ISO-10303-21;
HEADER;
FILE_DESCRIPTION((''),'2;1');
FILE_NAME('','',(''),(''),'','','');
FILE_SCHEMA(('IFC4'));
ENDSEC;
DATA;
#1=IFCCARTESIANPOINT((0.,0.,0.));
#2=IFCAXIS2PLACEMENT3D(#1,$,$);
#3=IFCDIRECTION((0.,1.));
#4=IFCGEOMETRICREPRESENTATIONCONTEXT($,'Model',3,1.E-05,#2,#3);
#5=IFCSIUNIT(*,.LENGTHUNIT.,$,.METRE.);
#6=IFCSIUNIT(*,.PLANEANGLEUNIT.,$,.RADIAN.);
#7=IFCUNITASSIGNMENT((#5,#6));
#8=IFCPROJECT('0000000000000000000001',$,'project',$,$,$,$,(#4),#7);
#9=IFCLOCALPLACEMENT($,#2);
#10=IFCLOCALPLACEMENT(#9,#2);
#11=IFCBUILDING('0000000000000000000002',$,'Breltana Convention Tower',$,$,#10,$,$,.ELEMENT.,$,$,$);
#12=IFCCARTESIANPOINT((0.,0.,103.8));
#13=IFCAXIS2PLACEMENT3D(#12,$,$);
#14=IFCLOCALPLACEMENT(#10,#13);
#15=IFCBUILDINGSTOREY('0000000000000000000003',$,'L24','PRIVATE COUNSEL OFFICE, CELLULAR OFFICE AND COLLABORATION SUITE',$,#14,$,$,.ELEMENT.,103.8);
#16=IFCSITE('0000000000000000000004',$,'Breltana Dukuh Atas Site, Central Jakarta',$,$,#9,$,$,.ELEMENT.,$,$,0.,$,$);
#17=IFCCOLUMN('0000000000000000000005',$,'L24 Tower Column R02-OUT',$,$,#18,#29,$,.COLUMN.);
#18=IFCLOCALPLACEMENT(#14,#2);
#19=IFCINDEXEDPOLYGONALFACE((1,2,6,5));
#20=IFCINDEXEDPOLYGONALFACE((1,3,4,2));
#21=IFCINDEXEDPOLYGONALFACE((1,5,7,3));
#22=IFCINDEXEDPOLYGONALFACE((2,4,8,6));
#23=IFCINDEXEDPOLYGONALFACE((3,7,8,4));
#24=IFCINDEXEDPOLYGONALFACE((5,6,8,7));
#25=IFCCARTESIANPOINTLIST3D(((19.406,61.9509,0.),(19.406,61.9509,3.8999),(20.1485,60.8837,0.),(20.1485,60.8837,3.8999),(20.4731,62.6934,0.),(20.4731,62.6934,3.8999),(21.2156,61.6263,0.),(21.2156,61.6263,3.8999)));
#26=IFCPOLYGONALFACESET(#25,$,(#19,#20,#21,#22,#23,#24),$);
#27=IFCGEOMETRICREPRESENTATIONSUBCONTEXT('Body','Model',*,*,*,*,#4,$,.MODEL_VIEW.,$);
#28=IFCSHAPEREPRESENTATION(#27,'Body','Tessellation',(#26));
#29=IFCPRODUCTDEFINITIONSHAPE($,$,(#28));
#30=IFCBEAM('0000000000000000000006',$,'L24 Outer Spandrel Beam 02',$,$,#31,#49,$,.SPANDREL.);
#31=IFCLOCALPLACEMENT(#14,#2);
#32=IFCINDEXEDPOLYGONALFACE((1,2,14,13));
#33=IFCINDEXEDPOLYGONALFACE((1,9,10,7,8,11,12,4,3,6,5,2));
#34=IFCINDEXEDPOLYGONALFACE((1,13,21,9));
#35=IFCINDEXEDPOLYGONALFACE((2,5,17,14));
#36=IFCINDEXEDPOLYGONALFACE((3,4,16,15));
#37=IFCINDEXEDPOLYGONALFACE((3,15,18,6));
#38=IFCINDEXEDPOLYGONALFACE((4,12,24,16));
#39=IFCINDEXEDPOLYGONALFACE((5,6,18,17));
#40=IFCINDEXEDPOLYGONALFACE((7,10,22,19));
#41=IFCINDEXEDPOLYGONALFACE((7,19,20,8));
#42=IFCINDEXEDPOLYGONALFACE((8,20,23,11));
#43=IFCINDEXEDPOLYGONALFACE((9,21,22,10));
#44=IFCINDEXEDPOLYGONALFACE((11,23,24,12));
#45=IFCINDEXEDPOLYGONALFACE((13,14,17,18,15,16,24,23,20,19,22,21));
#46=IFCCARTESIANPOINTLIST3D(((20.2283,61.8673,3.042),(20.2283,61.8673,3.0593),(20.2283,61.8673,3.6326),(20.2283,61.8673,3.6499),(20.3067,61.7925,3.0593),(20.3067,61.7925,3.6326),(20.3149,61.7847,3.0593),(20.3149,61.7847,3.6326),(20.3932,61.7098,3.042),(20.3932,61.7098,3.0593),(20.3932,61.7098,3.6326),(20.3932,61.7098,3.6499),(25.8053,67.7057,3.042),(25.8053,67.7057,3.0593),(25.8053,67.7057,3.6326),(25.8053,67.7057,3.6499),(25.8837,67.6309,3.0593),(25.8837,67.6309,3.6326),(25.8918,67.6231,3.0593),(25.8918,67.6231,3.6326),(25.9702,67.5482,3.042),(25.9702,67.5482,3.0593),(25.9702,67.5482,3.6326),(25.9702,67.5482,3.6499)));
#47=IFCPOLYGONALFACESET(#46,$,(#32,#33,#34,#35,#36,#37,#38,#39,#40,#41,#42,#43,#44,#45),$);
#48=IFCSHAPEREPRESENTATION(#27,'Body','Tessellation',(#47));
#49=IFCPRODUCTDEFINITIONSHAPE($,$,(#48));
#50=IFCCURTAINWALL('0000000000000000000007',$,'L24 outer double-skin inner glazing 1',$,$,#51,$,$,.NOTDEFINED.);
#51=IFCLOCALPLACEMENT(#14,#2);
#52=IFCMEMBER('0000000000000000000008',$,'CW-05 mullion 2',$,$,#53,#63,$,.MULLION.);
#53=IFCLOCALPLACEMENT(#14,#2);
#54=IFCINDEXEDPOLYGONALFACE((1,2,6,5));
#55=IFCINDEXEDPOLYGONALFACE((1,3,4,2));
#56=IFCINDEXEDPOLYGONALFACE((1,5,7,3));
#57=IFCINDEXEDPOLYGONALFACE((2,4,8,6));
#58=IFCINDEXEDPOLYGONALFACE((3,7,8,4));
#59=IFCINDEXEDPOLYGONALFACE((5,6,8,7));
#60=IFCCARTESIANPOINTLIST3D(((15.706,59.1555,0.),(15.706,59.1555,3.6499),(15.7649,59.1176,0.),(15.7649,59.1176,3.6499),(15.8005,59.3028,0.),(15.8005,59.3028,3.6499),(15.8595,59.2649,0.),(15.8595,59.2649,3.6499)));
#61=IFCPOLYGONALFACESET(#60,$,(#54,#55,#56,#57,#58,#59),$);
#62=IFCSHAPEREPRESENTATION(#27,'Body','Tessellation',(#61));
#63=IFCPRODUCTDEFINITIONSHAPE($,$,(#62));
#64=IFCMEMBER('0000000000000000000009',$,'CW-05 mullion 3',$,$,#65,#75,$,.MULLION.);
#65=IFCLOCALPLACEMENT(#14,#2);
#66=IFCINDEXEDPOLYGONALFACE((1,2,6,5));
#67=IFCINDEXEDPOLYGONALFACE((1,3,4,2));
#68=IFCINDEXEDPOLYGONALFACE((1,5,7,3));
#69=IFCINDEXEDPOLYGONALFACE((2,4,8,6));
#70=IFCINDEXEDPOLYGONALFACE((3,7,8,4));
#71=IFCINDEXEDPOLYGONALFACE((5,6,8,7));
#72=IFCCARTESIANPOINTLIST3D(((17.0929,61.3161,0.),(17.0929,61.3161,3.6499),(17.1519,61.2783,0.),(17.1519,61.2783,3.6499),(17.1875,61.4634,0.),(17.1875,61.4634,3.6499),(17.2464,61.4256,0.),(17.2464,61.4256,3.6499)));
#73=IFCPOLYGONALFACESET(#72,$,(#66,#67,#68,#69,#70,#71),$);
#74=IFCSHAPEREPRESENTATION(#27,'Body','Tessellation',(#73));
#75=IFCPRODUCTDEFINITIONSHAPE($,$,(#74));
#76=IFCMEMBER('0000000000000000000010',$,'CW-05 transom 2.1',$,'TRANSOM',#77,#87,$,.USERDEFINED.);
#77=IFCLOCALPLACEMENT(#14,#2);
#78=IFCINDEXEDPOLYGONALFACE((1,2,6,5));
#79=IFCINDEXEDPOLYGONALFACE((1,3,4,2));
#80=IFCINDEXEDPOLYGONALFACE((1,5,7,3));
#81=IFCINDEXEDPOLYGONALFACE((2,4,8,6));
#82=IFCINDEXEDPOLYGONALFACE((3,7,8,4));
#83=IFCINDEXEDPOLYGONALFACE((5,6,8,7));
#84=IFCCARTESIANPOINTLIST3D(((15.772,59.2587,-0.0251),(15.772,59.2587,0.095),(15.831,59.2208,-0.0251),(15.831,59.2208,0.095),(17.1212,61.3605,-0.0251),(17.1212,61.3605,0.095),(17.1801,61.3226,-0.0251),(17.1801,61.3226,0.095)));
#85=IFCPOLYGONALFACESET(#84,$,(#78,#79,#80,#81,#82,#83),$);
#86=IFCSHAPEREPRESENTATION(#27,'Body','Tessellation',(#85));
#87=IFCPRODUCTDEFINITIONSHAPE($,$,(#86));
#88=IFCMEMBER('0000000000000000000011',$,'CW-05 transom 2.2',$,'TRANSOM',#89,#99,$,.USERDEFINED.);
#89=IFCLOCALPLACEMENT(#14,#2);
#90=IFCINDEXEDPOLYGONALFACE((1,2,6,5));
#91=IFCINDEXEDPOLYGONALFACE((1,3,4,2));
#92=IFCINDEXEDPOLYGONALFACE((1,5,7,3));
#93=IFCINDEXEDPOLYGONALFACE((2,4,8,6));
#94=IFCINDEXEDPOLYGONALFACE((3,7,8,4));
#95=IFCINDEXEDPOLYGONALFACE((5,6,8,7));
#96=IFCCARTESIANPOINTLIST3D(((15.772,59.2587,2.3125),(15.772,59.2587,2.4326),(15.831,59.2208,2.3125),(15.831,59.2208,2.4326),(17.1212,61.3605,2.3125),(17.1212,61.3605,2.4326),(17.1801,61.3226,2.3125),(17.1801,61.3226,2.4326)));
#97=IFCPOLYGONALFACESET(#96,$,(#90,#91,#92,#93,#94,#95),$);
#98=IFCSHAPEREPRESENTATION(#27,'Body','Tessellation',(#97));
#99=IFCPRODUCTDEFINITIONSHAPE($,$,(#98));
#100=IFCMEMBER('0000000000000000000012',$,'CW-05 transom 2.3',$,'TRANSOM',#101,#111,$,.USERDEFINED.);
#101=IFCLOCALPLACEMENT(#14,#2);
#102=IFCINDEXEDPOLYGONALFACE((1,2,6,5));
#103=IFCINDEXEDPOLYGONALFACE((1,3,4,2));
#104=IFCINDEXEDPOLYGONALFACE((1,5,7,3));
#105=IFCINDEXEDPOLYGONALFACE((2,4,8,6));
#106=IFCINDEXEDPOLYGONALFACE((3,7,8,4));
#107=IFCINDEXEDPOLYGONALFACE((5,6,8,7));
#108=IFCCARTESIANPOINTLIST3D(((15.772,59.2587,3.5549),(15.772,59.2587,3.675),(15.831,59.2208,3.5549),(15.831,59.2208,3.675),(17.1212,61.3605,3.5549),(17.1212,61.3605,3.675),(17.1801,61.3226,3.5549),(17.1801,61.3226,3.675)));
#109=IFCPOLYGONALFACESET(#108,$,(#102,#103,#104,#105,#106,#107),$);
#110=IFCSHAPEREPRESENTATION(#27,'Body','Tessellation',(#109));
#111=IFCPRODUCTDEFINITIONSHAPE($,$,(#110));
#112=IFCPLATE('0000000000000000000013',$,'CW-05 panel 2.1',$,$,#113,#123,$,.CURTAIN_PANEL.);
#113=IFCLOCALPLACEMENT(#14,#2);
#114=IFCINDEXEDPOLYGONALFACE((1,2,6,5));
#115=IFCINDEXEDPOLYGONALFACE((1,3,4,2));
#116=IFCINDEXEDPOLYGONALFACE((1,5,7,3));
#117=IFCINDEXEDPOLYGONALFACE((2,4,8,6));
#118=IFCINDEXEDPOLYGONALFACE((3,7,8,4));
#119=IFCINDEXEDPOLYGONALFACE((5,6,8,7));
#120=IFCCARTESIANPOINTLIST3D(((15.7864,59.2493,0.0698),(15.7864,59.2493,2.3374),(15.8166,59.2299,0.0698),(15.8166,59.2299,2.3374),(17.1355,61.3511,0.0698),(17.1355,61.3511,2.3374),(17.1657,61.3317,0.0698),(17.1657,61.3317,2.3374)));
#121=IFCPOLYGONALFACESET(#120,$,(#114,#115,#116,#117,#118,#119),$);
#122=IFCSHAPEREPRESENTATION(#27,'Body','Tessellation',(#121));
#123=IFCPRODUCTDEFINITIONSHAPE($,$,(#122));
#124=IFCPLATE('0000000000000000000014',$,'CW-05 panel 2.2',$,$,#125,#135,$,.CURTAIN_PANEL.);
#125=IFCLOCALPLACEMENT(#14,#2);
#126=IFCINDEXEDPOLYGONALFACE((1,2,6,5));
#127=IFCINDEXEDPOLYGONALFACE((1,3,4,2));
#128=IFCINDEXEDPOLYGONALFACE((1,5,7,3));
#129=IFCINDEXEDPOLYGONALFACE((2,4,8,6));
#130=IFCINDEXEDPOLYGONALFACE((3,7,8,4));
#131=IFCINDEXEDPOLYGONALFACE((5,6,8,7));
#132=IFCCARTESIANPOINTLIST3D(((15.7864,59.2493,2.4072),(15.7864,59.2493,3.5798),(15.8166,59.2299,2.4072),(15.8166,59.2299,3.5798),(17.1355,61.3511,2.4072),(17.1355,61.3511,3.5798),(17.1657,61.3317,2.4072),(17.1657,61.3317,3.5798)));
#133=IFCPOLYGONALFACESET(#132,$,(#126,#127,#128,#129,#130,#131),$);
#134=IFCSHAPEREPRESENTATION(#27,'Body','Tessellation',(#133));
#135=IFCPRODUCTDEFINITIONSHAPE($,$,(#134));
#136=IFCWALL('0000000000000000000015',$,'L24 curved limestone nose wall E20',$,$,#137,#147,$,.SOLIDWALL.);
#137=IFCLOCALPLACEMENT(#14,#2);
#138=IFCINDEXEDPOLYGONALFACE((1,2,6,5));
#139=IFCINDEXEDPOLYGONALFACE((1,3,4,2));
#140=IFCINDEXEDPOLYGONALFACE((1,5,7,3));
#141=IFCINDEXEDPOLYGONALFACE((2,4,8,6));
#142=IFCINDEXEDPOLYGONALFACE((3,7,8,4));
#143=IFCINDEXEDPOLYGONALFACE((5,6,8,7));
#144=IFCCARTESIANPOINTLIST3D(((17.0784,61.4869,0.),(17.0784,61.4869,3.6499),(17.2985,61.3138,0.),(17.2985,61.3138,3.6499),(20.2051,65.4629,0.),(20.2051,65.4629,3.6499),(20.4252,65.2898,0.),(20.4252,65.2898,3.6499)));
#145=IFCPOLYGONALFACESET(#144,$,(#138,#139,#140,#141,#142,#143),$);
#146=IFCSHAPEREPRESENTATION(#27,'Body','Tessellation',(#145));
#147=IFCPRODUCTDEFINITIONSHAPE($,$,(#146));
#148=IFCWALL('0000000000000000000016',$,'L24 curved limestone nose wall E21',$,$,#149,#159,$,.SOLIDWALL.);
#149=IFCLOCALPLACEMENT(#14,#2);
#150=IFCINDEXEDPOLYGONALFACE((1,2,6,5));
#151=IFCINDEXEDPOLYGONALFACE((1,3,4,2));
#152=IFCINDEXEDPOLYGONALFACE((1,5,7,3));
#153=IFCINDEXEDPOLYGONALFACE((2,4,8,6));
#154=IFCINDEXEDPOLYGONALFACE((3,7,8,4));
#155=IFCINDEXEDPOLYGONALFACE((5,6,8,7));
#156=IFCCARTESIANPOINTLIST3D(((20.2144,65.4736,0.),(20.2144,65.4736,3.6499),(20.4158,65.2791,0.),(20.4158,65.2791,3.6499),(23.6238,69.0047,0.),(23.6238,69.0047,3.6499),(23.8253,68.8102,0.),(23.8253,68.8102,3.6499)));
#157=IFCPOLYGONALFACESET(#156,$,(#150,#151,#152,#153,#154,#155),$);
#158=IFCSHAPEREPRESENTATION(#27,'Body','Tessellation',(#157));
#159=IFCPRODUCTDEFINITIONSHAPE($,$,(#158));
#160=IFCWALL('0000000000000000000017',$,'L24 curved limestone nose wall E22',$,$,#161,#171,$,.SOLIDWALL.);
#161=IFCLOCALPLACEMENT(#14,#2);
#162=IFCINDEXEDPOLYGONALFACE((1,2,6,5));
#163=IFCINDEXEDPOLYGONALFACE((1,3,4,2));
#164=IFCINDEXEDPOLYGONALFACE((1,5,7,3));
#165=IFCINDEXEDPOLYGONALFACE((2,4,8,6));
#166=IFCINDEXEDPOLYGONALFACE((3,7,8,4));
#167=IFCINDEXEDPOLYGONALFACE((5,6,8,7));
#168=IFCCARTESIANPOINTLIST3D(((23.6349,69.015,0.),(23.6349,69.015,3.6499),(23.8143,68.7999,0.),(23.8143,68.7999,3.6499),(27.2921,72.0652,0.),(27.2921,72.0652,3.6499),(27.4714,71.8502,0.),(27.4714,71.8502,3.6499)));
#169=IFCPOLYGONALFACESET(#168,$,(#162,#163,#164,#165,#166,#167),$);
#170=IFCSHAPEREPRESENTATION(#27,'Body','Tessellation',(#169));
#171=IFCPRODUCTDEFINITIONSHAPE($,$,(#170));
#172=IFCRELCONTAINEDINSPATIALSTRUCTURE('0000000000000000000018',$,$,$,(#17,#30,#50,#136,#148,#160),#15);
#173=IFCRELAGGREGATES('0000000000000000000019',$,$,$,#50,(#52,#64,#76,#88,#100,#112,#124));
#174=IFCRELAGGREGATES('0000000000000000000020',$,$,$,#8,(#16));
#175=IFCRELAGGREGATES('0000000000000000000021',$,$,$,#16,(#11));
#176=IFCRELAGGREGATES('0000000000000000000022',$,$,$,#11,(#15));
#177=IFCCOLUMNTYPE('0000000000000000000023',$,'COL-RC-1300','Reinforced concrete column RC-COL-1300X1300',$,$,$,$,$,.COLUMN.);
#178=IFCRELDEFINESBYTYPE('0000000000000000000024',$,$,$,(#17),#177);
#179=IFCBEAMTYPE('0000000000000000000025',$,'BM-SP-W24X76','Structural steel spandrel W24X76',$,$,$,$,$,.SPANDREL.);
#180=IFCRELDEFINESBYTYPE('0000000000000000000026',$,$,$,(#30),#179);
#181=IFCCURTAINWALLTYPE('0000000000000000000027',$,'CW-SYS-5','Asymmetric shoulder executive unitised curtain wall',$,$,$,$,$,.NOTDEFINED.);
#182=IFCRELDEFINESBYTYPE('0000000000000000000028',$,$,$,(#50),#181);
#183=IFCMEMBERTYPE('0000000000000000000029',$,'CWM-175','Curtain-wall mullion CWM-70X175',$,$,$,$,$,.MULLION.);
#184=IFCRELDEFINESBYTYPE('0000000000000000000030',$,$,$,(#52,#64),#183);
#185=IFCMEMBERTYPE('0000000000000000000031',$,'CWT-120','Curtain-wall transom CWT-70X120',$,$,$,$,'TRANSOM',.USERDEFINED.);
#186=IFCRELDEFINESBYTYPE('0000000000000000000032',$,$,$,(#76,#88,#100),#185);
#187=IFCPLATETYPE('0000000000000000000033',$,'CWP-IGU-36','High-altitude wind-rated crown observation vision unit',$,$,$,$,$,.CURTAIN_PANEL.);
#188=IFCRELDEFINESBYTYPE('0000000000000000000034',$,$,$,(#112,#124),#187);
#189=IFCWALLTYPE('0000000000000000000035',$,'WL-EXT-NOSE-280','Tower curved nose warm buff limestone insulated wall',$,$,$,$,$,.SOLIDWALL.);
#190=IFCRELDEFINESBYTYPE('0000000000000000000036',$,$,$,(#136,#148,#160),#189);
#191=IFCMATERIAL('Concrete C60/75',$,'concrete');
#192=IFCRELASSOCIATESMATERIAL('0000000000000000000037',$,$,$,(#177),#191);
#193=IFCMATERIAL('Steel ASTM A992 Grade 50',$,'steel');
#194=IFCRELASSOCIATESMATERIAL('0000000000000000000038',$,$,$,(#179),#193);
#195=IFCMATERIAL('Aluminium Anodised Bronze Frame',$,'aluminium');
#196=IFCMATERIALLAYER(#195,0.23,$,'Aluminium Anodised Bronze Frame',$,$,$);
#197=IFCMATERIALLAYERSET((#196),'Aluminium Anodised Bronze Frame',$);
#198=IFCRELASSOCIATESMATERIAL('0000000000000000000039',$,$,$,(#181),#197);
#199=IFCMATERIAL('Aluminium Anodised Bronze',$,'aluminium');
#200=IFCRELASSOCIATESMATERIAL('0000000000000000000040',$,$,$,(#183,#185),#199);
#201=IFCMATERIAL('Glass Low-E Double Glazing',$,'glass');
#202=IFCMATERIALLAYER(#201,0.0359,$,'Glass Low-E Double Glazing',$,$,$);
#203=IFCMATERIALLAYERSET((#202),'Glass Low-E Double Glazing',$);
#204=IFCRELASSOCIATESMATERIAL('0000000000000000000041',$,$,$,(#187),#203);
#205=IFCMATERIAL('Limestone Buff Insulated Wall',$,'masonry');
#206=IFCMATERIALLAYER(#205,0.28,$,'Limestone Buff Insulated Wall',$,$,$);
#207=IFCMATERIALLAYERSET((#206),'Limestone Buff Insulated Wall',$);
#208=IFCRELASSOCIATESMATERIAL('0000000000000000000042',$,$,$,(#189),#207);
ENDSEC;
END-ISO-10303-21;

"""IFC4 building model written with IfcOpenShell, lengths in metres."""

from ifc_helpers import new_model, si_unit, direction, frame, frame_2d, origin, origin_2d, place, context, subcontext, project, spatial, rectangle, i_section, extrude, source, transform, mapped, material, layer, layer_set, material_profile, profile_set, type_object, element, aggregate, save


model = new_model("IFC4")

# Units and contexts
model_context = context("Model", 3, precision=1e-05, world=origin(), true_north=direction((0.0, 1.0)))
body_context = subcontext(model_context, "Body", "Model", "MODEL_VIEW")
ifc_project = project(units=[si_unit("LENGTHUNIT", "METRE"), si_unit("PLANEANGLEUNIT", "RADIAN")], contexts=[model_context])

# Site, building, storey
site_placement = place(None, origin())
site = spatial("IfcSite", under=ifc_project, at=site_placement, Name="Breltana Dukuh Atas Site, Central Jakarta", CompositionType="ELEMENT", RefElevation=0.0)
building_placement = place(site_placement, origin())
building = spatial("IfcBuilding", under=site, at=building_placement, Name="Breltana Convention Tower", CompositionType="ELEMENT")
storey_placement = place(building_placement, frame((0.0, 0.0, 103.8)))
storey = spatial("IfcBuildingStorey", under=building, at=storey_placement, Name="L24", Description="PRIVATE COUNSEL OFFICE, CELLULAR OFFICE AND COLLABORATION SUITE", CompositionType="ELEMENT", Elevation=103.8)

# Column
ifc_material_1 = material(Name="Concrete C60/75", Category="concrete")
ifc_material_profile_1 = material_profile(ifc_material_1, rectangle(XDim=1.3, YDim=1.3, at=origin_2d()), Name="RC-COL-1300X1300")
ifc_profile_set_1 = profile_set([ifc_material_profile_1], Name="Concrete C60/75")
column_type = type_object("IfcColumnType", Name="COL-RC-1300", Description="Reinforced concrete column RC-COL-1300X1300", PredefinedType="COLUMN", material=ifc_profile_set_1)
shared_shape_1 = source(origin(), body_context, "Body", "SweptSolid", [
    extrude(rectangle(XDim=1.3, YDim=1.3, at=origin_2d()), origin(), (0.0, 0.0, 1.0), 3.8999),
])
column_placement = place(storey_placement, frame((20.3108, 61.7886, 0.0), z_axis=(0.0, 0.0, 1.0), x_axis=(-0.571143, 0.82085, 0.0)))
element("IfcColumn", 1, at=column_placement, inside=storey, type_object=column_type, Name="L24 Tower Column R02-OUT", PredefinedType="COLUMN", context=body_context, shape_type="MappedRepresentation", body=[
    mapped(shared_shape_1, transform((0.0, 0.0, 0.0), scale=1.0)),
])

# Beam
ifc_material_2 = material(Name="Steel ASTM A992 Grade 50", Category="steel")
ifc_material_profile_2 = material_profile(ifc_material_2, i_section(OverallWidth=0.228, OverallDepth=0.6079, WebThickness=0.0112, FlangeThickness=0.0173, at=origin_2d()), Name="W24X76")
ifc_profile_set_2 = profile_set([ifc_material_profile_2], Name="Steel ASTM A992 Grade 50")
beam_type = type_object("IfcBeamType", Name="BM-SP-W24X76", Description="Structural steel spandrel W24X76", PredefinedType="SPANDREL", material=ifc_profile_set_2)
shared_shape_2 = source(origin(), body_context, "Body", "SweptSolid", [
    extrude(i_section(OverallWidth=0.228, OverallDepth=0.6079, WebThickness=0.0112, FlangeThickness=0.0173, at=origin_2d()), origin(), (0.0, 0.0, 1.0), 8.074),
])
beam_placement = place(storey_placement, frame((20.3108, 61.7886, 3.3459), z_axis=(0.690729, 0.723114, 0.0), x_axis=(-0.723114, 0.690729, 0.0)))
element("IfcBeam", 2, at=beam_placement, inside=storey, type_object=beam_type, Name="L24 Outer Spandrel Beam 02", PredefinedType="SPANDREL", context=body_context, shape_type="MappedRepresentation", body=[
    mapped(shared_shape_2, transform((0.0, 0.0, 0.0), scale=1.0)),
])

# Curtain wall, members, plates
ifc_material_3 = material(Name="Aluminium Anodised Bronze Frame", Category="aluminium")
ifc_layer_1 = layer(ifc_material_3, 0.23, Name="Aluminium Anodised Bronze Frame")
ifc_layer_set_1 = layer_set([ifc_layer_1], Name="Aluminium Anodised Bronze Frame")
curtain_wall_type = type_object("IfcCurtainWallType", Name="CW-SYS-5", Description="Asymmetric shoulder executive unitised curtain wall", PredefinedType="NOTDEFINED", material=ifc_layer_set_1)
curtain_wall_placement = place(storey_placement, origin())
curtain_wall = element("IfcCurtainWall", 3, at=curtain_wall_placement, inside=storey, type_object=curtain_wall_type, Name="L24 outer double-skin inner glazing 1", PredefinedType="NOTDEFINED")
ifc_material_4 = material(Name="Aluminium Anodised Bronze", Category="aluminium")
ifc_material_profile_3 = material_profile(ifc_material_4, rectangle(XDim=0.0701, YDim=0.175, at=origin_2d()), Name="CWM-70X175")
ifc_profile_set_3 = profile_set([ifc_material_profile_3], Name="Aluminium Anodised Bronze")
member_type_1 = type_object("IfcMemberType", Name="CWM-175", Description="Curtain-wall mullion CWM-70X175", PredefinedType="MULLION", material=ifc_profile_set_3)
shared_shape_3 = source(origin(), body_context, "Body", "SweptSolid", [
    extrude(rectangle(XDim=0.0701, YDim=0.175, at=origin_2d()), origin(), (0.0, 0.0, 1.0), 3.6499),
])
member_1_placement = place(storey_placement, frame((15.7827, 59.2102, 0.0), z_axis=(0.0, 0.0, 1.0), x_axis=(-0.841552, 0.540177, 0.0)))
member_1 = element("IfcMember", 4, at=member_1_placement, type_object=member_type_1, Name="CW-05 mullion 2", PredefinedType="MULLION", context=body_context, shape_type="MappedRepresentation", body=[
    mapped(shared_shape_3, transform((0.0, 0.0, 0.0), scale=1.0)),
])
member_2_placement = place(storey_placement, frame((17.1697, 61.3708, 0.0), z_axis=(0.0, 0.0, 1.0), x_axis=(-0.841552, 0.540177, 0.0)))
member_2 = element("IfcMember", 5, at=member_2_placement, type_object=member_type_1, Name="CW-05 mullion 3", PredefinedType="MULLION", context=body_context, shape_type="MappedRepresentation", body=[
    mapped(shared_shape_3, transform((0.0, 0.0, 0.0), scale=1.0)),
])
ifc_material_profile_4 = material_profile(ifc_material_4, rectangle(XDim=0.0701, YDim=0.1201, at=origin_2d()), Name="CWT-70X120")
ifc_profile_set_4 = profile_set([ifc_material_profile_4], Name="Aluminium Anodised Bronze")
member_type_2 = type_object("IfcMemberType", Name="CWT-120", Description="Curtain-wall transom CWT-70X120", ElementType="TRANSOM", PredefinedType="USERDEFINED", material=ifc_profile_set_4)
shared_shape_4 = source(origin(), body_context, "Body", "SweptSolid", [
    extrude(rectangle(XDim=0.0701, YDim=0.1201, at=origin_2d()), origin(), (0.0, 0.0, 1.0), 2.4976),
])
member_3_placement = place(storey_placement, frame((15.8015, 59.2397, 0.0349), z_axis=(0.540179, 0.84155, 0.0), x_axis=(-0.84155, 0.540179, 0.0)))
member_3 = element("IfcMember", 6, at=member_3_placement, type_object=member_type_2, Name="CW-05 transom 2.1", ObjectType="TRANSOM", PredefinedType="USERDEFINED", context=body_context, shape_type="MappedRepresentation", body=[
    mapped(shared_shape_4, transform((0.0, 0.0, 0.0), scale=1.0)),
])
member_4_placement = place(storey_placement, frame((15.8015, 59.2397, 2.3726), z_axis=(0.540179, 0.84155, 0.0), x_axis=(-0.84155, 0.540179, 0.0)))
member_4 = element("IfcMember", 7, at=member_4_placement, type_object=member_type_2, Name="CW-05 transom 2.2", ObjectType="TRANSOM", PredefinedType="USERDEFINED", context=body_context, shape_type="MappedRepresentation", body=[
    mapped(shared_shape_4, transform((0.0, 0.0, 0.0), scale=1.0)),
])
member_5_placement = place(storey_placement, frame((15.8015, 59.2397, 3.615), z_axis=(0.540179, 0.84155, 0.0), x_axis=(-0.84155, 0.540179, 0.0)))
member_5 = element("IfcMember", 8, at=member_5_placement, type_object=member_type_2, Name="CW-05 transom 2.3", ObjectType="TRANSOM", PredefinedType="USERDEFINED", context=body_context, shape_type="MappedRepresentation", body=[
    mapped(shared_shape_4, transform((0.0, 0.0, 0.0), scale=1.0)),
])
ifc_material_5 = material(Name="Glass Low-E Double Glazing", Category="glass")
ifc_layer_2 = layer(ifc_material_5, 0.0359, Name="Glass Low-E Double Glazing")
ifc_layer_set_2 = layer_set([ifc_layer_2], Name="Glass Low-E Double Glazing")
plate_type = type_object("IfcPlateType", Name="CWP-IGU-36", Description="High-altitude wind-rated crown observation vision unit", PredefinedType="CURTAIN_PANEL", material=ifc_layer_set_2)
shared_shape_5 = source(origin(), body_context, "Body", "SweptSolid", [
    extrude(rectangle(XDim=2.4976, YDim=0.0359, at=origin_2d()), origin(), (0.0, 0.0, 1.0), 2.2676),
])
plate_1_placement = place(storey_placement, frame((16.4761, 60.2905, 0.0698), z_axis=(0.0, 0.0, 1.0), x_axis=(0.540177, 0.841552, 0.0)))
plate_1 = element("IfcPlate", 9, at=plate_1_placement, type_object=plate_type, Name="CW-05 panel 2.1", PredefinedType="CURTAIN_PANEL", context=body_context, shape_type="MappedRepresentation", body=[
    mapped(shared_shape_5, transform((0.0, 0.0, 0.0), scale=1.0)),
])
shared_shape_6 = source(origin(), body_context, "Body", "SweptSolid", [
    extrude(rectangle(XDim=2.4976, YDim=0.0359, at=origin_2d()), origin(), (0.0, 0.0, 1.0), 1.1726),
])
plate_2_placement = place(storey_placement, frame((16.4761, 60.2905, 2.4072), z_axis=(0.0, 0.0, 1.0), x_axis=(0.540177, 0.841552, 0.0)))
plate_2 = element("IfcPlate", 10, at=plate_2_placement, type_object=plate_type, Name="CW-05 panel 2.2", PredefinedType="CURTAIN_PANEL", context=body_context, shape_type="MappedRepresentation", body=[
    mapped(shared_shape_6, transform((0.0, 0.0, 0.0), scale=1.0)),
])
aggregate(curtain_wall, [member_1, member_2, member_3, member_4, member_5, plate_1, plate_2])

# Walls
ifc_material_6 = material(Name="Limestone Buff Insulated Wall", Category="masonry")
ifc_layer_3 = layer(ifc_material_6, 0.28, Name="Limestone Buff Insulated Wall")
ifc_layer_set_3 = layer_set([ifc_layer_3], Name="Limestone Buff Insulated Wall")
wall_type_1 = type_object("IfcWallType", Name="WL-EXT-NOSE-280", Description="Tower curved nose warm buff limestone insulated wall", PredefinedType="SOLIDWALL", material=ifc_layer_set_3)
shared_shape_7 = source(origin(), body_context, "Body", "SweptSolid", [
    extrude(rectangle(XDim=5.0581, YDim=0.28, at=frame_2d((2.5291, 0.0))), origin(), (0.0, 0.0, 1.0), 3.6499),
])
wall_1_placement = place(storey_placement, frame((17.1885, 61.4004, 0.0), z_axis=(0.0, 0.0, 1.0), x_axis=(0.618146, 0.786064, 0.0)))
element("IfcWall", 11, at=wall_1_placement, inside=storey, type_object=wall_type_1, Name="L24 curved limestone nose wall E20", PredefinedType="SOLIDWALL", context=body_context, shape_type="MappedRepresentation", body=[
    mapped(shared_shape_7, transform((0.0, 0.0, 0.0), scale=1.0)),
])
shared_shape_8 = source(origin(), body_context, "Body", "SweptSolid", [
    extrude(rectangle(XDim=4.9084, YDim=0.28, at=frame_2d((2.4541, 0.0))), origin(), (0.0, 0.0, 1.0), 3.6499),
])
wall_2_placement = place(storey_placement, frame((20.3152, 65.3765, 0.0), z_axis=(0.0, 0.0, 1.0), x_axis=(0.694613, 0.719383, 0.0)))
element("IfcWall", 12, at=wall_2_placement, inside=storey, type_object=wall_type_1, Name="L24 curved limestone nose wall E21", PredefinedType="SOLIDWALL", context=body_context, shape_type="MappedRepresentation", body=[
    mapped(shared_shape_8, transform((0.0, 0.0, 0.0), scale=1.0)),
])
shared_shape_9 = source(origin(), body_context, "Body", "SweptSolid", [
    extrude(rectangle(XDim=4.7622, YDim=0.28, at=frame_2d((2.3811, 0.0))), origin(), (0.0, 0.0, 1.0), 3.6499),
])
wall_3_placement = place(storey_placement, frame((23.7246, 68.9075, 0.0), z_axis=(0.0, 0.0, 1.0), x_axis=(0.767952, 0.640507, 0.0)))
element("IfcWall", 13, at=wall_3_placement, inside=storey, type_object=wall_type_1, Name="L24 curved limestone nose wall E22", PredefinedType="SOLIDWALL", context=body_context, shape_type="MappedRepresentation", body=[
    mapped(shared_shape_9, transform((0.0, 0.0, 0.0), scale=1.0)),
])

save(model, "model.ifc")
